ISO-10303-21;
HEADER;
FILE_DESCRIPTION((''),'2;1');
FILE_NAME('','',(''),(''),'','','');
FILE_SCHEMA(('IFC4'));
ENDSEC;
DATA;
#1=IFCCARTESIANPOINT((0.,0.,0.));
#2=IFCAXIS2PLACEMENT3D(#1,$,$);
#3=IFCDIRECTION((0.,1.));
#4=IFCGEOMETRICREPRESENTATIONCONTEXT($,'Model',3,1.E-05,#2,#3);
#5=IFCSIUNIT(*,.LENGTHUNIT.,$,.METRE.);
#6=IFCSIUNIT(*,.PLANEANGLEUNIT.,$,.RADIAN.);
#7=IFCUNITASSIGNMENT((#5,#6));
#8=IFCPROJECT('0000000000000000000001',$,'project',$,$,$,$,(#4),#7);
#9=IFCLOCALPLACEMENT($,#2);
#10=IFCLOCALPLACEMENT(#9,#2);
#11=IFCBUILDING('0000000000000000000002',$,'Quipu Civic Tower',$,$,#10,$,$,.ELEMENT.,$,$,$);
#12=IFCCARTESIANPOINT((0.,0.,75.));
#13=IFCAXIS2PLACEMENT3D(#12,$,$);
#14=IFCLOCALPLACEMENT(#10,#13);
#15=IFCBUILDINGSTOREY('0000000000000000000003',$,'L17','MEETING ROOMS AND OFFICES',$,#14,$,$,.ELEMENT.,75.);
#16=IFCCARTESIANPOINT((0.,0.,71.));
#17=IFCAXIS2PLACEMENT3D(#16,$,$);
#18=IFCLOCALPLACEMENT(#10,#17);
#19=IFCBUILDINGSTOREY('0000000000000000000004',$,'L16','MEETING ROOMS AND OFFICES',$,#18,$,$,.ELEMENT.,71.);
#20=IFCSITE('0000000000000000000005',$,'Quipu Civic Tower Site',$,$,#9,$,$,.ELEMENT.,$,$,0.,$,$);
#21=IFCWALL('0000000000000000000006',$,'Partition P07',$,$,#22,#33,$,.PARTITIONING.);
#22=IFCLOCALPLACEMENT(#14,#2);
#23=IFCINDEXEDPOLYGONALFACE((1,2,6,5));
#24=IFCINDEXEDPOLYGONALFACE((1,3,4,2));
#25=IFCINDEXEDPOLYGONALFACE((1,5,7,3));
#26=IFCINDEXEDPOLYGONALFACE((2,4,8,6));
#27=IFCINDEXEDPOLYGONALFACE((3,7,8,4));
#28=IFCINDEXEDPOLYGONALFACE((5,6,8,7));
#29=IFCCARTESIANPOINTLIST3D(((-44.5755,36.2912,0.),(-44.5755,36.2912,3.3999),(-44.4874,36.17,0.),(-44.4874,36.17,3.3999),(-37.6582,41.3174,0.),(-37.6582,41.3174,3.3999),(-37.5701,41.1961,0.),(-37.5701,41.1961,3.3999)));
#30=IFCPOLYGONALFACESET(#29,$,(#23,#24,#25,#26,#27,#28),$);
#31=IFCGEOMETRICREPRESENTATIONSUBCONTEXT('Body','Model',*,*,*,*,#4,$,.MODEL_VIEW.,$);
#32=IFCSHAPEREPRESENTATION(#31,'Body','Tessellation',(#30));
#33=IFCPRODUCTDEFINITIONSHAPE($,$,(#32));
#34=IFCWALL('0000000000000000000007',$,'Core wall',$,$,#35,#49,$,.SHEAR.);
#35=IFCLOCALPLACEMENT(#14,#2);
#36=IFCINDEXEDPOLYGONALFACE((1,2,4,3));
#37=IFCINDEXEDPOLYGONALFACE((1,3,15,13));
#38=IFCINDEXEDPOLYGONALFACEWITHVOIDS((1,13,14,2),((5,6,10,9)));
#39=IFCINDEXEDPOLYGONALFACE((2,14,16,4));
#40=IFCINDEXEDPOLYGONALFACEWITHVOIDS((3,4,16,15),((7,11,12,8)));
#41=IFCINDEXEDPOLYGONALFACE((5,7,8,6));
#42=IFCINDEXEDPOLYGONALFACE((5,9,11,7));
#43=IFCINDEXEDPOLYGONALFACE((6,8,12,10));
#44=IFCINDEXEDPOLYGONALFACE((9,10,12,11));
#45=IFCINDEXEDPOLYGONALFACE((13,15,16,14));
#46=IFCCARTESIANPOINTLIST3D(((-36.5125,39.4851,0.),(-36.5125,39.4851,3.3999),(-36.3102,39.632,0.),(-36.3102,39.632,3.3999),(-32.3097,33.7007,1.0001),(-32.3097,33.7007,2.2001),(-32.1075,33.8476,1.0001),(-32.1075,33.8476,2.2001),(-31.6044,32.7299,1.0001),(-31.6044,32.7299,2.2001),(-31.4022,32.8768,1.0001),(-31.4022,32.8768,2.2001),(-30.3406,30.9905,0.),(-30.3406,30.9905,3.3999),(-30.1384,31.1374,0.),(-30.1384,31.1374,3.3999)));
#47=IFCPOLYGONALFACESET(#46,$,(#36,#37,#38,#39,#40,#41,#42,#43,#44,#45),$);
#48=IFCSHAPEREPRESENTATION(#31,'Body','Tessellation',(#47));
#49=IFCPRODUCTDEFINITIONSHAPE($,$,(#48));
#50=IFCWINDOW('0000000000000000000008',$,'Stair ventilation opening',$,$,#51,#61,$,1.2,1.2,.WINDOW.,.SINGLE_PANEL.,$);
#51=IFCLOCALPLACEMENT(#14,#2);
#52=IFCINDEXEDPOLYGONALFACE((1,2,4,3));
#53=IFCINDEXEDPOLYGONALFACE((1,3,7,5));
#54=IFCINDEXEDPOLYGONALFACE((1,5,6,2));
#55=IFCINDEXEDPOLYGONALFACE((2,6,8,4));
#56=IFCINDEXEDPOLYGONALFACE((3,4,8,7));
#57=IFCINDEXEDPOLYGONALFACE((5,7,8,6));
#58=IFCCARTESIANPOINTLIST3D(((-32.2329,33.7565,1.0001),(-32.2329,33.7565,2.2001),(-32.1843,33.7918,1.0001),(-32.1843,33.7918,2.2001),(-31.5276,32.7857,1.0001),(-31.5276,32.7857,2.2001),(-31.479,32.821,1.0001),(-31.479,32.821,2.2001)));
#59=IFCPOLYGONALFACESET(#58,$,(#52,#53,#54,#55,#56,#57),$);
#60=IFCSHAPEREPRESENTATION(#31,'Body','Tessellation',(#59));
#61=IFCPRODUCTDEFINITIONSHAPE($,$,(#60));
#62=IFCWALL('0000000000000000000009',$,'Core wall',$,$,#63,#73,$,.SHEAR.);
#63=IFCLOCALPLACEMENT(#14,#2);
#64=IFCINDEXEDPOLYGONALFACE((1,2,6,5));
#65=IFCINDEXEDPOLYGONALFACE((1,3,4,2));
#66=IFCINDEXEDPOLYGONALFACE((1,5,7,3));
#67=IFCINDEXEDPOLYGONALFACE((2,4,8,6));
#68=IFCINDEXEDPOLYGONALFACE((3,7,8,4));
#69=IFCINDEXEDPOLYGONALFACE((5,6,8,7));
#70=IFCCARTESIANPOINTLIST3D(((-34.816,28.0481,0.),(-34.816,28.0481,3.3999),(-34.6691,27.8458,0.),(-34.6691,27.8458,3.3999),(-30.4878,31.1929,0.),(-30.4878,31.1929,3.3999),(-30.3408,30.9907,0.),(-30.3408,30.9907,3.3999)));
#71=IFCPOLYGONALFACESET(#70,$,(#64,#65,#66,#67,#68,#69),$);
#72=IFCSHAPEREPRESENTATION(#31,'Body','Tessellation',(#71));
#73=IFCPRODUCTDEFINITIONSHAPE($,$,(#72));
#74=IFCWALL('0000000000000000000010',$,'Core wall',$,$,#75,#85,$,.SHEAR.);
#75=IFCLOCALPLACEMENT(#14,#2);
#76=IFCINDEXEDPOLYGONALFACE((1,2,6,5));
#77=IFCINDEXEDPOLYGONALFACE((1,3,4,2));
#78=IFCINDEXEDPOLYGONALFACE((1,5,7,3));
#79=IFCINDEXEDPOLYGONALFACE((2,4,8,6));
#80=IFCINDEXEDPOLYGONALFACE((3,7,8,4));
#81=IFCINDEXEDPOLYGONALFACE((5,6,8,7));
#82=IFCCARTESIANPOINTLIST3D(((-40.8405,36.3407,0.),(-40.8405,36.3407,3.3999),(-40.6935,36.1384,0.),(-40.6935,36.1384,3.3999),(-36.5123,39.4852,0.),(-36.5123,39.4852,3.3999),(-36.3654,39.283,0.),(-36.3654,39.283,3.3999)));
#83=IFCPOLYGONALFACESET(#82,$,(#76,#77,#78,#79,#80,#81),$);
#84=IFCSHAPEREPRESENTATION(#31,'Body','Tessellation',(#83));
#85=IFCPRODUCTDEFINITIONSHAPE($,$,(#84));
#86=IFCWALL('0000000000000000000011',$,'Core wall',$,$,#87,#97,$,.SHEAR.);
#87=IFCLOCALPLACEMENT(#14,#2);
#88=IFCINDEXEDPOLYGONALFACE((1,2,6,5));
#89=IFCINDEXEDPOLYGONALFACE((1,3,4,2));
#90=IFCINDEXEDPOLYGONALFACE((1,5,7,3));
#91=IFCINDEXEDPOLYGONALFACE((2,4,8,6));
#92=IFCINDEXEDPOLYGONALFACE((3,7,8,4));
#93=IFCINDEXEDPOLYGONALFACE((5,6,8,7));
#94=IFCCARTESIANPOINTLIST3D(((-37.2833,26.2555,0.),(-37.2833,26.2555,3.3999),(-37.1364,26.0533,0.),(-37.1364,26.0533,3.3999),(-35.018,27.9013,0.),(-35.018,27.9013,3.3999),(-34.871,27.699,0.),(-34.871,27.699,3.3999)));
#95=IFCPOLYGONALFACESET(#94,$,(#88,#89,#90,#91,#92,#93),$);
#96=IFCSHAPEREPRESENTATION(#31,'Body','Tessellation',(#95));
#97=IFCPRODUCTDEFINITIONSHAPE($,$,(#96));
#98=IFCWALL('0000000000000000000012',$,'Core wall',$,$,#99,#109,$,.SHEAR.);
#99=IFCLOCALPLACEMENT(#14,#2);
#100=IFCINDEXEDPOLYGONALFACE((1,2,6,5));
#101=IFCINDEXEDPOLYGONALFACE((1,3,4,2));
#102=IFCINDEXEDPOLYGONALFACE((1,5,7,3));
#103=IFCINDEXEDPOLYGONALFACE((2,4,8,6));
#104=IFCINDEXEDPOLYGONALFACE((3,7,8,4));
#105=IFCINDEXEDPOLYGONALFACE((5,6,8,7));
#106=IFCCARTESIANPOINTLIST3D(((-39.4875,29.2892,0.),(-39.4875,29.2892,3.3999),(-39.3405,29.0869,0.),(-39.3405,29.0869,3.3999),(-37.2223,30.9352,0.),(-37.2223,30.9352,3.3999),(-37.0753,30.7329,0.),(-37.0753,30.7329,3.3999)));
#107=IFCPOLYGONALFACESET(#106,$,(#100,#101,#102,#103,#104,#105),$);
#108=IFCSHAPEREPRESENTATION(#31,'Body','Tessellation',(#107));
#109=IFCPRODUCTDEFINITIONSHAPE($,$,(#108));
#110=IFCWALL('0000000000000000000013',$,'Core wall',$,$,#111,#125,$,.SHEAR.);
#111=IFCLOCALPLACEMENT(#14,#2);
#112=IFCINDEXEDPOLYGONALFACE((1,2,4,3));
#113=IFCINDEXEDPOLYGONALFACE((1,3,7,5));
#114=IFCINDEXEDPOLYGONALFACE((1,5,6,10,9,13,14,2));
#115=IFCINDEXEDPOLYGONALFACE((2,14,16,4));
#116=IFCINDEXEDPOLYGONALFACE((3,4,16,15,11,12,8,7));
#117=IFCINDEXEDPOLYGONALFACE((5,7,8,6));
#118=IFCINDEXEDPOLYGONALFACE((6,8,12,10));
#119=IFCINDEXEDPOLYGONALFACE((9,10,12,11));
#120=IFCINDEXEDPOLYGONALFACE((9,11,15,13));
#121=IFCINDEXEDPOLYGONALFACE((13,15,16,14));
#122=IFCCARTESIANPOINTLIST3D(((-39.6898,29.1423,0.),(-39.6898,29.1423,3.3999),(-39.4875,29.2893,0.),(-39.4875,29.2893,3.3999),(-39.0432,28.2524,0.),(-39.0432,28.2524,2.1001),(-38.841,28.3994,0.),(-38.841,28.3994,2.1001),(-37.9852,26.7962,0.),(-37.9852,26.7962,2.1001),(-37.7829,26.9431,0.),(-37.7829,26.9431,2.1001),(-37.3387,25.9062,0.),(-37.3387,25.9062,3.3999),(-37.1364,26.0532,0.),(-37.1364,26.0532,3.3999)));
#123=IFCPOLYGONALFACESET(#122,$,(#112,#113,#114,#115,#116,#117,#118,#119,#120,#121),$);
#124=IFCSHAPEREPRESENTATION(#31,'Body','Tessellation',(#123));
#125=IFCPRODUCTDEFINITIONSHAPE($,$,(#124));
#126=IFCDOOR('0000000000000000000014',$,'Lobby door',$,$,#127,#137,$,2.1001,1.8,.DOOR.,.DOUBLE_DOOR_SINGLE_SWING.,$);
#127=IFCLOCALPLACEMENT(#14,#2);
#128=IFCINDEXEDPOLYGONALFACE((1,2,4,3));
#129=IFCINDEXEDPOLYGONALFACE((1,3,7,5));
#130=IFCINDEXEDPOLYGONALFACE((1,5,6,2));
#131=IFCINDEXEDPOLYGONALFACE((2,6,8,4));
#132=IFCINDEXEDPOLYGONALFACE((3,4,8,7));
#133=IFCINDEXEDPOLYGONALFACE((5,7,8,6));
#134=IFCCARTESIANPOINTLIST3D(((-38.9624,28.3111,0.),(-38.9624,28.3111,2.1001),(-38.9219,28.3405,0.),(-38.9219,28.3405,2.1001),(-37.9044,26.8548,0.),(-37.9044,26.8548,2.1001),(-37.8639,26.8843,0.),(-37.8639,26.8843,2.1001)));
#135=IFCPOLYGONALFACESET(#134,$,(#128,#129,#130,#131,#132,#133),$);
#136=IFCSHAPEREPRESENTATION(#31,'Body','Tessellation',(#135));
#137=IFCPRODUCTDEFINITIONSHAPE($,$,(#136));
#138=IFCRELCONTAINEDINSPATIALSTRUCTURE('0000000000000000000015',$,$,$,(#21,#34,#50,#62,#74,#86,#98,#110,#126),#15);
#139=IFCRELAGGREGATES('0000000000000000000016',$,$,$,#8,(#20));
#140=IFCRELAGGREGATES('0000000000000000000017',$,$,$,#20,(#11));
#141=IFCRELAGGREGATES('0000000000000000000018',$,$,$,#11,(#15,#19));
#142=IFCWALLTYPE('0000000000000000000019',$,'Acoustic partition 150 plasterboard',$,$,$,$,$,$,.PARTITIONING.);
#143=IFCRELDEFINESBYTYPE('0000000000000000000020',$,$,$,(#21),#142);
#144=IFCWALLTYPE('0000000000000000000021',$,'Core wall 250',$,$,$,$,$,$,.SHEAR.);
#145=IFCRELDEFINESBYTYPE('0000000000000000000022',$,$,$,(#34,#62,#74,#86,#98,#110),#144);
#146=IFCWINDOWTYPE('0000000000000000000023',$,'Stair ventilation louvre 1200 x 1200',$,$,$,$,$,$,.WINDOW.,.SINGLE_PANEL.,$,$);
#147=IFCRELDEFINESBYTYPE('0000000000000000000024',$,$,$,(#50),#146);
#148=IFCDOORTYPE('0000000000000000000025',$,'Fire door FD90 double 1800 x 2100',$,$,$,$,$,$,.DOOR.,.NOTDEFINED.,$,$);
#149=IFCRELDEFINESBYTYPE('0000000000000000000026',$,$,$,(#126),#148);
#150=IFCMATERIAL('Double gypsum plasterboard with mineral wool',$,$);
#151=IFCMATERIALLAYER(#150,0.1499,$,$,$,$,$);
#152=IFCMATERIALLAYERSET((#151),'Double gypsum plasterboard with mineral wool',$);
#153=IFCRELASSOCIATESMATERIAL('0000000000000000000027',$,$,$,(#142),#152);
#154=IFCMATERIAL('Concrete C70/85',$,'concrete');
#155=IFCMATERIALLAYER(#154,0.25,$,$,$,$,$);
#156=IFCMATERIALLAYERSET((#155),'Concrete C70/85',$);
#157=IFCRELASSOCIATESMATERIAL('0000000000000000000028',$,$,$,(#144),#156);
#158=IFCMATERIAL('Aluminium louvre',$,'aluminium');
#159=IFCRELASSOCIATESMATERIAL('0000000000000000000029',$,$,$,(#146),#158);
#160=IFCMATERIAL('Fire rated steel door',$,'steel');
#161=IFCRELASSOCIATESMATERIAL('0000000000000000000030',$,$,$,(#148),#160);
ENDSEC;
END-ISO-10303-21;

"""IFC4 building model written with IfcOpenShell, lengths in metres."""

from ifc_helpers import new_model, si_unit, direction, frame, frame_2d, origin, place, context, subcontext, project, spatial, rectangle, extrude, material, layer, layer_set, type_object, element, fill, save


model = new_model("IFC4")

# Units and contexts
model_context = context("Model", 3, precision=1e-05, world=origin(), true_north=direction((0.0, 1.0)))
body_context = subcontext(model_context, "Body", "Model", "MODEL_VIEW")
ifc_project = project(units=[si_unit("LENGTHUNIT", "METRE"), si_unit("PLANEANGLEUNIT", "RADIAN")], contexts=[model_context])

# Site, building, storey
site_placement = place(None, origin())
site = spatial("IfcSite", under=ifc_project, at=site_placement, Name="Quipu Civic Tower Site", CompositionType="ELEMENT", RefElevation=0.0)
building_placement = place(site_placement, origin())
building = spatial("IfcBuilding", under=site, at=building_placement, Name="Quipu Civic Tower", CompositionType="ELEMENT")
storey_1_placement = place(building_placement, frame((0.0, 0.0, 75.0)))
storey_1 = spatial("IfcBuildingStorey", under=building, at=storey_1_placement, Name="L17", Description="MEETING ROOMS AND OFFICES", CompositionType="ELEMENT", Elevation=75.0)

# Shared definitions
storey_2_placement = place(building_placement, frame((0.0, 0.0, 71.0)))
storey_2 = spatial("IfcBuildingStorey", under=building, at=storey_2_placement, Name="L16", Description="MEETING ROOMS AND OFFICES", CompositionType="ELEMENT", Elevation=71.0)

# Wall
ifc_material_1 = material(Name="Double gypsum plasterboard with mineral wool")
ifc_layer_1 = layer(ifc_material_1, 0.1499)
ifc_layer_set_1 = layer_set([ifc_layer_1], Name="Double gypsum plasterboard with mineral wool")
wall_type_1 = type_object("IfcWallType", Name="Acoustic partition 150 plasterboard", PredefinedType="PARTITIONING", material=ifc_layer_set_1)
wall_1_placement = place(storey_1_placement, frame((-37.614, 41.2568, 0.0), z_axis=(0.0, 0.0, 1.0), x_axis=(-0.808992, -0.58782, 0.0)))
element("IfcWall", 1, at=wall_1_placement, inside=storey_1, type_object=wall_type_1, Name="Partition P07", PredefinedType="PARTITIONING", context=body_context, shape_type="SweptSolid", body=[
    extrude(rectangle(XDim=8.5505, YDim=0.1499, at=frame_2d((4.2754, 0.0))), origin(), (0.0, 0.0, 1.0), 3.3999),
])

# Wall, opening, window
ifc_material_2 = material(Name="Concrete C70/85", Category="concrete")
ifc_layer_2 = layer(ifc_material_2, 0.25)
ifc_layer_set_2 = layer_set([ifc_layer_2], Name="Concrete C70/85")
wall_type_2 = type_object("IfcWallType", Name="Core wall 250", PredefinedType="SHEAR", material=ifc_layer_set_2)
wall_2_placement = place(storey_1_placement, frame((-30.2395, 31.064, 0.0), z_axis=(0.0, 0.0, 1.0), x_axis=(-0.587796, 0.809009, 0.0)))
wall_2 = element("IfcWall", 2, at=wall_2_placement, inside=storey_1, type_object=wall_type_2, Name="Core wall", PredefinedType="SHEAR", context=body_context, shape_type="SweptSolid", body=[
    extrude(rectangle(XDim=10.5, YDim=0.25, at=frame_2d((5.25, 0.0))), origin(), (0.0, 0.0, 1.0), 3.3999),
])
opening_1_placement = place(wall_2_placement, frame((2.1499, 0.0, 1.0)))
opening_1 = element("IfcOpeningElement", 3, at=opening_1_placement, cuts=wall_2, PredefinedType="OPENING", context=body_context, shape_type="SweptSolid", body=[
    extrude(rectangle(XDim=1.2, YDim=1.2, at=frame_2d((0.6001, 0.6001))), frame((0.0, 0.135, 0.0), z_axis=(0.0, -1.0, 0.0), x_axis=(1.0, 0.0, 0.0)), (0.0, 0.0, 1.0), 0.27),
])
ifc_material_3 = material(Name="Aluminium louvre", Category="aluminium")
window_type = type_object("IfcWindowType", Name="Stair ventilation louvre 1200 x 1200", PartitioningType="SINGLE_PANEL", PredefinedType="WINDOW", material=ifc_material_3)
window_placement = place(opening_1_placement, origin())
window = element("IfcWindow", 4, at=window_placement, inside=storey_1, type_object=window_type, Name="Stair ventilation opening", OverallHeight=1.2, OverallWidth=1.2, PartitioningType="SINGLE_PANEL", PredefinedType="WINDOW", context=body_context, shape_type="SweptSolid", body=[
    extrude(rectangle(XDim=1.2, YDim=1.2, at=frame_2d((0.6001, 0.6001))), frame((0.0, 0.03, 0.0), z_axis=(0.0, -1.0, 0.0), x_axis=(1.0, 0.0, 0.0)), (0.0, 0.0, 1.0), 0.0601),
])
fill(opening_1, window)

# Walls
wall_3_placement = place(storey_1_placement, frame((-30.4143, 31.0918, 0.0), z_axis=(0.0, 0.0, 1.0), x_axis=(-0.808998, -0.587811, 0.0)))
element("IfcWall", 5, at=wall_3_placement, inside=storey_1, type_object=wall_type_2, Name="Core wall", PredefinedType="SHEAR", context=body_context, shape_type="SweptSolid", body=[
    extrude(rectangle(XDim=5.3501, YDim=0.25, at=frame_2d((2.675, 0.0))), origin(), (0.0, 0.0, 1.0), 3.3999),
])
wall_4_placement = place(storey_1_placement, frame((-36.439, 39.384, 0.0), z_axis=(0.0, 0.0, 1.0), x_axis=(-0.80902, -0.587781, 0.0)))
element("IfcWall", 6, at=wall_4_placement, inside=storey_1, type_object=wall_type_2, Name="Core wall", PredefinedType="SHEAR", context=body_context, shape_type="SweptSolid", body=[
    extrude(rectangle(XDim=5.3499, YDim=0.25, at=frame_2d((2.6748, 0.0))), origin(), (0.0, 0.0, 1.0), 3.3999),
])
for number, where, z_axis, x_axis, name in (
    (7, (-34.9446, 27.8, 0.0), (0.0, 0.0, 1.0), (-0.809041, -0.587752, 0.0), "Core wall"),
    (8, (-37.1489, 30.834, 0.0), (0.0, 0.0, 1.0), (-0.80897, -0.58785, 0.0), "Core wall"),
):
    element("IfcWall", number, at=place(storey_1_placement, frame(where, z_axis=z_axis, x_axis=x_axis)), inside=storey_1, type_object=wall_type_2, Name=name, PredefinedType="SHEAR", context=body_context, shape_type="SweptSolid", body=[
        extrude(rectangle(XDim=2.8, YDim=0.25, at=frame_2d((1.3999, 0.0))), origin(), (0.0, 0.0, 1.0), 3.3999),
    ])

# Wall, opening, door
wall_5_placement = place(storey_1_placement, frame((-39.5886, 29.2158, 0.0), z_axis=(0.0, 0.0, 1.0), x_axis=(0.587772, -0.809026, 0.0)))
wall_5 = element("IfcWall", 9, at=wall_5_placement, inside=storey_1, type_object=wall_type_2, Name="Core wall", PredefinedType="SHEAR", context=body_context, shape_type="SweptSolid", body=[
    extrude(rectangle(XDim=4.0, YDim=0.25, at=frame_2d((2.0, 0.0))), origin(), (0.0, 0.0, 1.0), 3.3999),
])
opening_2_placement = place(wall_5_placement, frame((1.1001, 0.0, 0.0)))
opening_2 = element("IfcOpeningElement", 10, at=opening_2_placement, cuts=wall_5, PredefinedType="OPENING", context=body_context, shape_type="SweptSolid", body=[
    extrude(rectangle(XDim=1.8, YDim=2.1001, at=frame_2d((0.8999, 1.05))), frame((0.0, 0.135, 0.0), z_axis=(0.0, -1.0, 0.0), x_axis=(1.0, 0.0, 0.0)), (0.0, 0.0, 1.0), 0.27),
])
ifc_material_4 = material(Name="Fire rated steel door", Category="steel")
door_type_1 = type_object("IfcDoorType", Name="Fire door FD90 double 1800 x 2100", OperationType="NOTDEFINED", PredefinedType="DOOR", material=ifc_material_4)
door_1_placement = place(opening_2_placement, origin())
door_1 = element("IfcDoor", 11, at=door_1_placement, inside=storey_1, type_object=door_type_1, Name="Lobby door", OperationType="DOUBLE_DOOR_SINGLE_SWING", OverallHeight=2.1001, OverallWidth=1.8, PredefinedType="DOOR", context=body_context, shape_type="SweptSolid", body=[
    extrude(rectangle(XDim=1.8, YDim=2.1001, at=frame_2d((0.8999, 1.05))), frame((0.0, 0.0249, 0.0), z_axis=(0.0, -1.0, 0.0), x_axis=(1.0, 0.0, 0.0)), (0.0, 0.0, 1.0), 0.05),
])
fill(opening_2, door_1)

save(model, "model.ifc")
